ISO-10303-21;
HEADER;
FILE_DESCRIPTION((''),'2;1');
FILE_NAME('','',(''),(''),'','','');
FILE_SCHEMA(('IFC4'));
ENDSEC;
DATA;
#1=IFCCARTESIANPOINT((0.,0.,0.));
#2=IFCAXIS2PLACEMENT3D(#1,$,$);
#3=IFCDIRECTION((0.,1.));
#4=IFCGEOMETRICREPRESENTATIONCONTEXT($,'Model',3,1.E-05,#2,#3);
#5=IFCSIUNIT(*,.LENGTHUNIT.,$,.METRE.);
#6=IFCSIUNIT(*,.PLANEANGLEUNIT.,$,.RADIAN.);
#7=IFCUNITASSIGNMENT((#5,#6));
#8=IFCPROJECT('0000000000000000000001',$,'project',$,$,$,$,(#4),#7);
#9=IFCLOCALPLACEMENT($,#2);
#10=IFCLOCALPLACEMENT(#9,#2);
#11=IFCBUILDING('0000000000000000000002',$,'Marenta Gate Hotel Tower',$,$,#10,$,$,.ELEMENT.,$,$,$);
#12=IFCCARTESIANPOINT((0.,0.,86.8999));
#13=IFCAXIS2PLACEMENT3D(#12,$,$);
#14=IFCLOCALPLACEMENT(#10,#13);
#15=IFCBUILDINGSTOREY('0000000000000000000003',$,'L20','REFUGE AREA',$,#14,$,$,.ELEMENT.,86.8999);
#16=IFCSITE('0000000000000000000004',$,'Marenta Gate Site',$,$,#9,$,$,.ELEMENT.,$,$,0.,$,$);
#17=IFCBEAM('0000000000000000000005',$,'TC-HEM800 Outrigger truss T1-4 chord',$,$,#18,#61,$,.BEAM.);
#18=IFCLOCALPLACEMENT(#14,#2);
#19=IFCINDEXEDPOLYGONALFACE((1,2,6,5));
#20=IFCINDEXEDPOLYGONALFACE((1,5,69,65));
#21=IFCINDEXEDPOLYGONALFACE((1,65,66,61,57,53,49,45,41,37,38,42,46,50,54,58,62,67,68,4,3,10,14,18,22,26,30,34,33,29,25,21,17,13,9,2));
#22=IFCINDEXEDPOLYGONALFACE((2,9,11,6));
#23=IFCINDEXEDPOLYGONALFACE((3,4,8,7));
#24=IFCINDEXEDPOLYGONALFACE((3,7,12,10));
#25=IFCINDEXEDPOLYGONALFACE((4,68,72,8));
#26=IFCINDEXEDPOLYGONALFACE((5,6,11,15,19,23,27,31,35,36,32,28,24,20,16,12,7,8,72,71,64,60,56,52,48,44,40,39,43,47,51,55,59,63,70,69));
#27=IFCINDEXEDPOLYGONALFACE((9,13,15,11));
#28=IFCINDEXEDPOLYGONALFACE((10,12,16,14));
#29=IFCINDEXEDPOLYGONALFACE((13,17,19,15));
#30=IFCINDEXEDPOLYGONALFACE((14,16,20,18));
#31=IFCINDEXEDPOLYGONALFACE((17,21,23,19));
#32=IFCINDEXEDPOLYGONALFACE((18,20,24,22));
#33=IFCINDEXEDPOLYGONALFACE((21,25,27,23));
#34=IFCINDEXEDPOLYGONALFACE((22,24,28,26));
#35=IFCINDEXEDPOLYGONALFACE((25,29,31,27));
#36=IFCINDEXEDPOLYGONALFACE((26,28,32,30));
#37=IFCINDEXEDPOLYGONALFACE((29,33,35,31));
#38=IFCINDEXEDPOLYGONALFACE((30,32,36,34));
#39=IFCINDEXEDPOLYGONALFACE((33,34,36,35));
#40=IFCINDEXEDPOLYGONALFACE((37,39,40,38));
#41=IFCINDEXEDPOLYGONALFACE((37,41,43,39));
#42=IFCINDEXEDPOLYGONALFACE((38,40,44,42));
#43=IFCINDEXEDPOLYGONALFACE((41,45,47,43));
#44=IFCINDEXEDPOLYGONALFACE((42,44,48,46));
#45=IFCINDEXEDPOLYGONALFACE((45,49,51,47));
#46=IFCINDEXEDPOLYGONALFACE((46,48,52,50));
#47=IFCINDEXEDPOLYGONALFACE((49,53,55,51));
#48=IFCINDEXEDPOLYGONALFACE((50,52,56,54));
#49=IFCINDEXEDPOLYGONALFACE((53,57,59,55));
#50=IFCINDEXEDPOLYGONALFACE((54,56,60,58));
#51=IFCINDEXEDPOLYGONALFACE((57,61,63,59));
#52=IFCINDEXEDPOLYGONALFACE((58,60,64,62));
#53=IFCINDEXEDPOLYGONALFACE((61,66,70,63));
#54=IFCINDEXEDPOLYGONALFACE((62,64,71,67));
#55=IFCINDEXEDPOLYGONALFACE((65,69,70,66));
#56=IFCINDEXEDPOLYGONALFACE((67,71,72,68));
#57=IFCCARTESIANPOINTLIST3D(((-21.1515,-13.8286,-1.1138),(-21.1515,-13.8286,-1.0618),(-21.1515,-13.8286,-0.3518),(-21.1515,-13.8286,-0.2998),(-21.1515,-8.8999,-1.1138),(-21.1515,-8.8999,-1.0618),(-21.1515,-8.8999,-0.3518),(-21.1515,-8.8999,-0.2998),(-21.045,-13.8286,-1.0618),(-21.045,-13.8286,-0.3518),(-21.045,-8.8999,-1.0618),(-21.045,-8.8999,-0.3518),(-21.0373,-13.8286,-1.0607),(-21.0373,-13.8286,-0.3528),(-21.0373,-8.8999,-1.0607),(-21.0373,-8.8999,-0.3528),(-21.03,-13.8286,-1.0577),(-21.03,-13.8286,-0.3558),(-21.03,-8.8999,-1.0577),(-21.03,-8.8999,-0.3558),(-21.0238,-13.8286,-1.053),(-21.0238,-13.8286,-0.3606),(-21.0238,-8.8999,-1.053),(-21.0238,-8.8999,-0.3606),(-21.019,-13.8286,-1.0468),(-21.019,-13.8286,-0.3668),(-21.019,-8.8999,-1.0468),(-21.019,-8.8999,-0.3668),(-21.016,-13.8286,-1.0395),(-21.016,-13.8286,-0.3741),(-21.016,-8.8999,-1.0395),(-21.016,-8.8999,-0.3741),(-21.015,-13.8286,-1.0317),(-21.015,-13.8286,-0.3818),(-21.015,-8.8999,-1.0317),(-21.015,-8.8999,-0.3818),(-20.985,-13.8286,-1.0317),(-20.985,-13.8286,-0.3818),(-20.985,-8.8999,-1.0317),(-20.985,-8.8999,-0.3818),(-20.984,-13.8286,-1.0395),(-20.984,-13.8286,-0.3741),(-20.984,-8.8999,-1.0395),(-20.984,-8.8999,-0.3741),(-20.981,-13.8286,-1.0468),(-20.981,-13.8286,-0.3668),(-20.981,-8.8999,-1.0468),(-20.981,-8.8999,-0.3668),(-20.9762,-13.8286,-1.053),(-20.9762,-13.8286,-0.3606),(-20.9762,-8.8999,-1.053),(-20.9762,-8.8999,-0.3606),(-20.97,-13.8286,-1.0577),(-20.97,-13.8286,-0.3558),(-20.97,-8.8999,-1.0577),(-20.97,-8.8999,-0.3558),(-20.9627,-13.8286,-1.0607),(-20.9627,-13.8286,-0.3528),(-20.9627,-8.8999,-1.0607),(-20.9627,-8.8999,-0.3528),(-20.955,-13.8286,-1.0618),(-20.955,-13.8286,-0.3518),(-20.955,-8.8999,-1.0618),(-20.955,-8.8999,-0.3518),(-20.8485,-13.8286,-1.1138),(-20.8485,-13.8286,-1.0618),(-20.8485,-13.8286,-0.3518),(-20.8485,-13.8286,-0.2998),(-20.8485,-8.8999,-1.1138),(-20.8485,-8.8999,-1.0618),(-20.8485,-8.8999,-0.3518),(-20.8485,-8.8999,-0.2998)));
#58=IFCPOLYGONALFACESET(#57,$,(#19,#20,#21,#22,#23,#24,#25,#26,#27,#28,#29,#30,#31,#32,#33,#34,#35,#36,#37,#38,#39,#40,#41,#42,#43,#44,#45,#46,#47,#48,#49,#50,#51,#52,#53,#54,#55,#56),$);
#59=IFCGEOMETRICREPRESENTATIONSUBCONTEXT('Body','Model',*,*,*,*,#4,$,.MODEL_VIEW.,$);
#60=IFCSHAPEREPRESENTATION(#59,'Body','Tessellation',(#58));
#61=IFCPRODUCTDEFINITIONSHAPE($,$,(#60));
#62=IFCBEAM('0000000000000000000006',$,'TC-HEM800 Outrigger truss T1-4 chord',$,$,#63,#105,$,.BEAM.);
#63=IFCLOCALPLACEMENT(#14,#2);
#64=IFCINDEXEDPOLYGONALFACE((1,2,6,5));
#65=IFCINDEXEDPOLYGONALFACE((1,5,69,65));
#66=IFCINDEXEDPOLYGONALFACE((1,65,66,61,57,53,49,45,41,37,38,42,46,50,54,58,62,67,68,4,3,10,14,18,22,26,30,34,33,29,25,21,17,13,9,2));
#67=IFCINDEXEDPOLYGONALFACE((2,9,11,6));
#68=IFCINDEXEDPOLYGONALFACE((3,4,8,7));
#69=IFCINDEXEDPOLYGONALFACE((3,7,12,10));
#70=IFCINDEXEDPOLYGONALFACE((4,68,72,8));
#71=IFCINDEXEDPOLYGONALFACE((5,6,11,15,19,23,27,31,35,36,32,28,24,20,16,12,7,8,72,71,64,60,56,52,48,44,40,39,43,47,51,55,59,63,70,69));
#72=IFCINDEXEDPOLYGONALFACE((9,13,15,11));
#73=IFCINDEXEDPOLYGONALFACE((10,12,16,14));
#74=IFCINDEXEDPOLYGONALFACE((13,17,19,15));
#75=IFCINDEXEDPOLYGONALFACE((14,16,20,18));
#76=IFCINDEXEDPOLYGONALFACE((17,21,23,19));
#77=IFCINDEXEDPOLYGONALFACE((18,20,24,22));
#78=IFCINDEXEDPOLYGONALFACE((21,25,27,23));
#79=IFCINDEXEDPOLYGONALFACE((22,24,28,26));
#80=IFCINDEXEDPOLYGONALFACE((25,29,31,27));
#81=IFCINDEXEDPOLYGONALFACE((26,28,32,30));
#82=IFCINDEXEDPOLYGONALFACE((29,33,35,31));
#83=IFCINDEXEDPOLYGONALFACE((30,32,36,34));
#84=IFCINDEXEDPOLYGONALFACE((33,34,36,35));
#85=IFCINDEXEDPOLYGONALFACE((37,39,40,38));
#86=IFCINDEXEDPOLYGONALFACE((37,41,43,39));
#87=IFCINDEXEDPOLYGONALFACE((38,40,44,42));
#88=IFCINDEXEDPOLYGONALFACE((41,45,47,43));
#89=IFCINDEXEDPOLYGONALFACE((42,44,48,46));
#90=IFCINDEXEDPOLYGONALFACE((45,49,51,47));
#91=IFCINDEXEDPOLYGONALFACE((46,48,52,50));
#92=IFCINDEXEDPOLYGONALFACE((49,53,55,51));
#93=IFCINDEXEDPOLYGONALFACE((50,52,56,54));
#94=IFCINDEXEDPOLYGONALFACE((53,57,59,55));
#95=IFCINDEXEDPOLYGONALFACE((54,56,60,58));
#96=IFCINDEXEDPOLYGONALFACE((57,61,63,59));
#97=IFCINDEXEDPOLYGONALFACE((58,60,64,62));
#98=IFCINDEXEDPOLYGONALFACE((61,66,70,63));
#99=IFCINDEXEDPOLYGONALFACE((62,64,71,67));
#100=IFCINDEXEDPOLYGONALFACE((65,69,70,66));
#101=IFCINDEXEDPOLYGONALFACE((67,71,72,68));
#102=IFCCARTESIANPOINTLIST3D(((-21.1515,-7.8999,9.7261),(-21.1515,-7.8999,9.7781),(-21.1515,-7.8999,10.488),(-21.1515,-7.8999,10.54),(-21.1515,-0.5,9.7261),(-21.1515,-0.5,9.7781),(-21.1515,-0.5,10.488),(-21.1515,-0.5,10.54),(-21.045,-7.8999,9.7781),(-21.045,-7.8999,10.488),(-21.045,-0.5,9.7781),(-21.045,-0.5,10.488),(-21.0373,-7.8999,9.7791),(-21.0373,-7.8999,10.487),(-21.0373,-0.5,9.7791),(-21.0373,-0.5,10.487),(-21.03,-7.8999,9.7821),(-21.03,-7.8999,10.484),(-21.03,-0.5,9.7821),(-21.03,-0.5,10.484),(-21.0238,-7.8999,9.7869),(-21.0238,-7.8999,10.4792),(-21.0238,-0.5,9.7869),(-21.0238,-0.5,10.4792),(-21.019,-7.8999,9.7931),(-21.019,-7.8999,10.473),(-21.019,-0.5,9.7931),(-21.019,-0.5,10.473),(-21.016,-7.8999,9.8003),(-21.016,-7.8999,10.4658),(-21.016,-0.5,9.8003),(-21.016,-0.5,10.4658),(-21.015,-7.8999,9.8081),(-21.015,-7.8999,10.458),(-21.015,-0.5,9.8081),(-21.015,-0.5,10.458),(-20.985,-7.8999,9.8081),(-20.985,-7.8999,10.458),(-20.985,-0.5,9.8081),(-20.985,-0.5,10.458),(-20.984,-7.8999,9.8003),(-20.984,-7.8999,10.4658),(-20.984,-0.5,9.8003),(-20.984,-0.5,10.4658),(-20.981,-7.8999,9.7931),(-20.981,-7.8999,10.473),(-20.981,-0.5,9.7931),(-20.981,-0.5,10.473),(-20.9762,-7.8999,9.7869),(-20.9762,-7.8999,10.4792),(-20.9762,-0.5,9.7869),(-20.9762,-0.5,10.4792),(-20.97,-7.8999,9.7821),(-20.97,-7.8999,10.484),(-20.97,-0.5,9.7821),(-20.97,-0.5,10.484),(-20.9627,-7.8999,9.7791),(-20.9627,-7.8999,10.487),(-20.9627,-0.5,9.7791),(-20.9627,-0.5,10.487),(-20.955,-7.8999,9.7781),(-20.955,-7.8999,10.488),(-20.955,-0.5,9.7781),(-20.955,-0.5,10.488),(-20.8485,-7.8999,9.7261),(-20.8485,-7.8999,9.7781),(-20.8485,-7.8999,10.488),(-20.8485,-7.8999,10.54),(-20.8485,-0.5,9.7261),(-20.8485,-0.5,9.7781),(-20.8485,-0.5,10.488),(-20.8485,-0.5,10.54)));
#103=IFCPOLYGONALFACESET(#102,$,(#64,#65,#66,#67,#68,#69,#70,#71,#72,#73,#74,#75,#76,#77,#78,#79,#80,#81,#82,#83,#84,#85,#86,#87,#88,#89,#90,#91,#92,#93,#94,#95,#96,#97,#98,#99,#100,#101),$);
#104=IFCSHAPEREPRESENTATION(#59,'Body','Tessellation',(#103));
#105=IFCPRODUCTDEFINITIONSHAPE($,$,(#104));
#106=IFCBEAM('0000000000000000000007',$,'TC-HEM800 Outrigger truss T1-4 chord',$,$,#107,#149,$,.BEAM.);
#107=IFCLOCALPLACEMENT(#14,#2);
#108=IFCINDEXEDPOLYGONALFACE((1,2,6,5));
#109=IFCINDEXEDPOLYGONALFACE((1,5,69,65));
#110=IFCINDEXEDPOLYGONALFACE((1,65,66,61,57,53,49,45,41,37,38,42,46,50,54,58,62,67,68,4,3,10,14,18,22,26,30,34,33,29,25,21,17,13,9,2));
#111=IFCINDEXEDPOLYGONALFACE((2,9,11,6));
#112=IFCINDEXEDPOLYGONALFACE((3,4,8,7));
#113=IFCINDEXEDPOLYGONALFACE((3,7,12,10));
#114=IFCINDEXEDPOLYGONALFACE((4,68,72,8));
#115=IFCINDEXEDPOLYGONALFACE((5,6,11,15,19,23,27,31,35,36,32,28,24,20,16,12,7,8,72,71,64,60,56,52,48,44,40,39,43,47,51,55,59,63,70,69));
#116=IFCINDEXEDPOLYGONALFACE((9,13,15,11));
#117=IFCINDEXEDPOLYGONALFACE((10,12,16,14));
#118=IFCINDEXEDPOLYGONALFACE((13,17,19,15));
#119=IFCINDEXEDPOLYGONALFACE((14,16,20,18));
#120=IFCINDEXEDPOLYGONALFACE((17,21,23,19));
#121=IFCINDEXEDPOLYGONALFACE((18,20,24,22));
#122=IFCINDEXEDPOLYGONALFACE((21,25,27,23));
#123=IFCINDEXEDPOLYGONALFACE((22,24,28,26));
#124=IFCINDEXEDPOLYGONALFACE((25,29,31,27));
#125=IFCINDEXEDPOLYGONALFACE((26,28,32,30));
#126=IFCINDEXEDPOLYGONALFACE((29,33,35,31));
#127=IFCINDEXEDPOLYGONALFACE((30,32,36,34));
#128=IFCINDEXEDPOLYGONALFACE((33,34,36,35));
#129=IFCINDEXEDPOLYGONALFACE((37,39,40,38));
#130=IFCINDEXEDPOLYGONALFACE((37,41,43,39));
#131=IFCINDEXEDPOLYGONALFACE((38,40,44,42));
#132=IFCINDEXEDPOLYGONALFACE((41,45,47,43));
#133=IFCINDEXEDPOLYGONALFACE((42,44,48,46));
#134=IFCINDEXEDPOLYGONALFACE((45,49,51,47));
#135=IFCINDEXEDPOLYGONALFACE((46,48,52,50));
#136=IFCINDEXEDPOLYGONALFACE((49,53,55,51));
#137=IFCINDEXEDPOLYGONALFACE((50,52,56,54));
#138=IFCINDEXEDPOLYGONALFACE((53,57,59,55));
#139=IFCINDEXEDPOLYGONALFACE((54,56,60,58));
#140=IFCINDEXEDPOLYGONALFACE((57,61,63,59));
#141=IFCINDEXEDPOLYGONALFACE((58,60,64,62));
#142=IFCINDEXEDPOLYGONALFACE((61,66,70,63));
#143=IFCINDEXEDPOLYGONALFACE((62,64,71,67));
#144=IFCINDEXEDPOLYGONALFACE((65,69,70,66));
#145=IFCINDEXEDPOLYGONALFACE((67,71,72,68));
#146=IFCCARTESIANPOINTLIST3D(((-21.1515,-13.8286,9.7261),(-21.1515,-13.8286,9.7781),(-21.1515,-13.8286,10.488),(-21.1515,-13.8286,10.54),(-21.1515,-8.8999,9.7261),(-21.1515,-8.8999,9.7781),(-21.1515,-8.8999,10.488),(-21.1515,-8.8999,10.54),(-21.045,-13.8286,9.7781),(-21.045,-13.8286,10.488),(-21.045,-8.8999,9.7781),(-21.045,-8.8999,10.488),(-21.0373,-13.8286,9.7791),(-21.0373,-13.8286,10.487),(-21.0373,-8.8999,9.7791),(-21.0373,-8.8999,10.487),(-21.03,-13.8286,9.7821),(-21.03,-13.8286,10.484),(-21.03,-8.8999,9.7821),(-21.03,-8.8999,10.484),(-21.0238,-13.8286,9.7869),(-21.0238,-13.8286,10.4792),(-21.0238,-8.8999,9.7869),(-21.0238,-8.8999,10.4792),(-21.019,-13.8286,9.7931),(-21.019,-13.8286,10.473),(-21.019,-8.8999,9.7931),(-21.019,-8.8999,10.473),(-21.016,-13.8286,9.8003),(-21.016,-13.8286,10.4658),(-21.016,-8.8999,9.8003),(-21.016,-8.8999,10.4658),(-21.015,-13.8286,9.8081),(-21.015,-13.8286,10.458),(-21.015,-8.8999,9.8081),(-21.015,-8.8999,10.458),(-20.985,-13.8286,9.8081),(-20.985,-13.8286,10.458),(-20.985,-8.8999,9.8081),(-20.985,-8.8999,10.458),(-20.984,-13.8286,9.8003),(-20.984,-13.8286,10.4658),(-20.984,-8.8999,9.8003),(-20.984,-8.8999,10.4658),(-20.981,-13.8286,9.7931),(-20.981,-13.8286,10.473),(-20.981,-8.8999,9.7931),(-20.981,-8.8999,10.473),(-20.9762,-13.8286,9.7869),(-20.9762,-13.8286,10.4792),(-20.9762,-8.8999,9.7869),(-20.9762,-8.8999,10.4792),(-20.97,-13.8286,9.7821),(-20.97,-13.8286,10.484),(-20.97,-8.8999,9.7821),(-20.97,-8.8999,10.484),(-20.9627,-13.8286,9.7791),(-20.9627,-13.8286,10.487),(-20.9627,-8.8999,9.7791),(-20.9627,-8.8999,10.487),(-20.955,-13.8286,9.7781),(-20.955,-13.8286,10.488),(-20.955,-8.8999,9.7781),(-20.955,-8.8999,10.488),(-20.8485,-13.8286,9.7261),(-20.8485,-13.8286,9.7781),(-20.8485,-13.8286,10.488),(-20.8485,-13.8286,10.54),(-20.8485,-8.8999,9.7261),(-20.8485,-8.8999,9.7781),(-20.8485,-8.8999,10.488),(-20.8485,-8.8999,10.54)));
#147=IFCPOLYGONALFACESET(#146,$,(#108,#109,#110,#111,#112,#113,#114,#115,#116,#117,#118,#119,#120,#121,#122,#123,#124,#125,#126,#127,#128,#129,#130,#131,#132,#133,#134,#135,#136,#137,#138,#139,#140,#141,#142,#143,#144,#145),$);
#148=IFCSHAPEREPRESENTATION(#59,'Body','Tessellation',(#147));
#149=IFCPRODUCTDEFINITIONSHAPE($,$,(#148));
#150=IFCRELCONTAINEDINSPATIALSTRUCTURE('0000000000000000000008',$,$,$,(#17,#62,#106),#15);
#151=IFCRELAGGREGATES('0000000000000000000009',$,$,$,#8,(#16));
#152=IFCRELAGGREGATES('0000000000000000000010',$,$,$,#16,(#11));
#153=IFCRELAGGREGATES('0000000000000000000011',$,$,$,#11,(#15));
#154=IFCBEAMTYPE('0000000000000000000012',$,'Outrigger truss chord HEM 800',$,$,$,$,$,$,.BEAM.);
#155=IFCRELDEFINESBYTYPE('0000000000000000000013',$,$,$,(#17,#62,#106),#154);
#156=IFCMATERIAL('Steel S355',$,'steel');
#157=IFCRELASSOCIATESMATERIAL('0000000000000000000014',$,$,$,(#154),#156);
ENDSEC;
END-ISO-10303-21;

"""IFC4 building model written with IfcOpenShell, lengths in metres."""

from ifc_helpers import new_model, si_unit, direction, frame, origin, origin_2d, place, context, subcontext, project, spatial, i_section, extrude, material, material_profile, profile_set, type_object, element, save


model = new_model("IFC4")

# Units and contexts
model_context = context("Model", 3, precision=1e-05, world=origin(), true_north=direction((0.0, 1.0)))
body_context = subcontext(model_context, "Body", "Model", "MODEL_VIEW")
ifc_project = project(units=[si_unit("LENGTHUNIT", "METRE"), si_unit("PLANEANGLEUNIT", "RADIAN")], contexts=[model_context])

# Site, building, storey
site_placement = place(None, origin())
site = spatial("IfcSite", under=ifc_project, at=site_placement, Name="Marenta Gate Site", CompositionType="ELEMENT", RefElevation=0.0)
building_placement = place(site_placement, origin())
building = spatial("IfcBuilding", under=site, at=building_placement, Name="Marenta Gate Hotel Tower", CompositionType="ELEMENT")
storey_placement = place(building_placement, frame((0.0, 0.0, 86.8999)))
storey = spatial("IfcBuildingStorey", under=building, at=storey_placement, Name="L20", Description="REFUGE AREA", CompositionType="ELEMENT", Elevation=86.8999)

# Beams
ifc_material_1 = material(Name="Steel S355", Category="steel")
ifc_material_profile_1 = material_profile(ifc_material_1, i_section(OverallWidth=0.303, OverallDepth=0.814, WebThickness=0.03, FlangeThickness=0.052, FilletRadius=0.03, at=origin_2d()), Name="HEM 800")
ifc_profile_set_1 = profile_set([ifc_material_profile_1], Name="Steel S355")
beam_type_1 = type_object("IfcBeamType", Name="Outrigger truss chord HEM 800", PredefinedType="BEAM", material=ifc_profile_set_1)
beam_1_placement = place(storey_placement, frame((-21.0, -8.8999, -0.7068), z_axis=(0.0, -1.0, 0.0), x_axis=(1.0, 0.0, 0.0)))
element("IfcBeam", 1, at=beam_1_placement, inside=storey, type_object=beam_type_1, Name="TC-HEM800 Outrigger truss T1-4 chord", PredefinedType="BEAM", context=body_context, shape_type="SweptSolid", body=[
    extrude(i_section(OverallWidth=0.303, OverallDepth=0.814, WebThickness=0.03, FlangeThickness=0.052, FilletRadius=0.03, at=origin_2d()), origin(), (0.0, 0.0, 1.0), 4.9287),
])
beam_2_placement = place(storey_placement, frame((-21.0, -0.5, 10.1331), z_axis=(0.0, -1.0, 0.0), x_axis=(1.0, 0.0, 0.0)))
element("IfcBeam", 2, at=beam_2_placement, inside=storey, type_object=beam_type_1, Name="TC-HEM800 Outrigger truss T1-4 chord", PredefinedType="BEAM", context=body_context, shape_type="SweptSolid", body=[
    extrude(i_section(OverallWidth=0.303, OverallDepth=0.814, WebThickness=0.03, FlangeThickness=0.052, FilletRadius=0.03, at=origin_2d()), origin(), (0.0, 0.0, 1.0), 7.3999),
])
beam_3_placement = place(storey_placement, frame((-21.0, -8.8999, 10.1331), z_axis=(0.0, -1.0, 0.0), x_axis=(1.0, 0.0, 0.0)))
element("IfcBeam", 3, at=beam_3_placement, inside=storey, type_object=beam_type_1, Name="TC-HEM800 Outrigger truss T1-4 chord", PredefinedType="BEAM", context=body_context, shape_type="SweptSolid", body=[
    extrude(i_section(OverallWidth=0.303, OverallDepth=0.814, WebThickness=0.03, FlangeThickness=0.052, FilletRadius=0.03, at=origin_2d()), origin(), (0.0, 0.0, 1.0), 4.9287),
])

save(model, "model.ifc")
